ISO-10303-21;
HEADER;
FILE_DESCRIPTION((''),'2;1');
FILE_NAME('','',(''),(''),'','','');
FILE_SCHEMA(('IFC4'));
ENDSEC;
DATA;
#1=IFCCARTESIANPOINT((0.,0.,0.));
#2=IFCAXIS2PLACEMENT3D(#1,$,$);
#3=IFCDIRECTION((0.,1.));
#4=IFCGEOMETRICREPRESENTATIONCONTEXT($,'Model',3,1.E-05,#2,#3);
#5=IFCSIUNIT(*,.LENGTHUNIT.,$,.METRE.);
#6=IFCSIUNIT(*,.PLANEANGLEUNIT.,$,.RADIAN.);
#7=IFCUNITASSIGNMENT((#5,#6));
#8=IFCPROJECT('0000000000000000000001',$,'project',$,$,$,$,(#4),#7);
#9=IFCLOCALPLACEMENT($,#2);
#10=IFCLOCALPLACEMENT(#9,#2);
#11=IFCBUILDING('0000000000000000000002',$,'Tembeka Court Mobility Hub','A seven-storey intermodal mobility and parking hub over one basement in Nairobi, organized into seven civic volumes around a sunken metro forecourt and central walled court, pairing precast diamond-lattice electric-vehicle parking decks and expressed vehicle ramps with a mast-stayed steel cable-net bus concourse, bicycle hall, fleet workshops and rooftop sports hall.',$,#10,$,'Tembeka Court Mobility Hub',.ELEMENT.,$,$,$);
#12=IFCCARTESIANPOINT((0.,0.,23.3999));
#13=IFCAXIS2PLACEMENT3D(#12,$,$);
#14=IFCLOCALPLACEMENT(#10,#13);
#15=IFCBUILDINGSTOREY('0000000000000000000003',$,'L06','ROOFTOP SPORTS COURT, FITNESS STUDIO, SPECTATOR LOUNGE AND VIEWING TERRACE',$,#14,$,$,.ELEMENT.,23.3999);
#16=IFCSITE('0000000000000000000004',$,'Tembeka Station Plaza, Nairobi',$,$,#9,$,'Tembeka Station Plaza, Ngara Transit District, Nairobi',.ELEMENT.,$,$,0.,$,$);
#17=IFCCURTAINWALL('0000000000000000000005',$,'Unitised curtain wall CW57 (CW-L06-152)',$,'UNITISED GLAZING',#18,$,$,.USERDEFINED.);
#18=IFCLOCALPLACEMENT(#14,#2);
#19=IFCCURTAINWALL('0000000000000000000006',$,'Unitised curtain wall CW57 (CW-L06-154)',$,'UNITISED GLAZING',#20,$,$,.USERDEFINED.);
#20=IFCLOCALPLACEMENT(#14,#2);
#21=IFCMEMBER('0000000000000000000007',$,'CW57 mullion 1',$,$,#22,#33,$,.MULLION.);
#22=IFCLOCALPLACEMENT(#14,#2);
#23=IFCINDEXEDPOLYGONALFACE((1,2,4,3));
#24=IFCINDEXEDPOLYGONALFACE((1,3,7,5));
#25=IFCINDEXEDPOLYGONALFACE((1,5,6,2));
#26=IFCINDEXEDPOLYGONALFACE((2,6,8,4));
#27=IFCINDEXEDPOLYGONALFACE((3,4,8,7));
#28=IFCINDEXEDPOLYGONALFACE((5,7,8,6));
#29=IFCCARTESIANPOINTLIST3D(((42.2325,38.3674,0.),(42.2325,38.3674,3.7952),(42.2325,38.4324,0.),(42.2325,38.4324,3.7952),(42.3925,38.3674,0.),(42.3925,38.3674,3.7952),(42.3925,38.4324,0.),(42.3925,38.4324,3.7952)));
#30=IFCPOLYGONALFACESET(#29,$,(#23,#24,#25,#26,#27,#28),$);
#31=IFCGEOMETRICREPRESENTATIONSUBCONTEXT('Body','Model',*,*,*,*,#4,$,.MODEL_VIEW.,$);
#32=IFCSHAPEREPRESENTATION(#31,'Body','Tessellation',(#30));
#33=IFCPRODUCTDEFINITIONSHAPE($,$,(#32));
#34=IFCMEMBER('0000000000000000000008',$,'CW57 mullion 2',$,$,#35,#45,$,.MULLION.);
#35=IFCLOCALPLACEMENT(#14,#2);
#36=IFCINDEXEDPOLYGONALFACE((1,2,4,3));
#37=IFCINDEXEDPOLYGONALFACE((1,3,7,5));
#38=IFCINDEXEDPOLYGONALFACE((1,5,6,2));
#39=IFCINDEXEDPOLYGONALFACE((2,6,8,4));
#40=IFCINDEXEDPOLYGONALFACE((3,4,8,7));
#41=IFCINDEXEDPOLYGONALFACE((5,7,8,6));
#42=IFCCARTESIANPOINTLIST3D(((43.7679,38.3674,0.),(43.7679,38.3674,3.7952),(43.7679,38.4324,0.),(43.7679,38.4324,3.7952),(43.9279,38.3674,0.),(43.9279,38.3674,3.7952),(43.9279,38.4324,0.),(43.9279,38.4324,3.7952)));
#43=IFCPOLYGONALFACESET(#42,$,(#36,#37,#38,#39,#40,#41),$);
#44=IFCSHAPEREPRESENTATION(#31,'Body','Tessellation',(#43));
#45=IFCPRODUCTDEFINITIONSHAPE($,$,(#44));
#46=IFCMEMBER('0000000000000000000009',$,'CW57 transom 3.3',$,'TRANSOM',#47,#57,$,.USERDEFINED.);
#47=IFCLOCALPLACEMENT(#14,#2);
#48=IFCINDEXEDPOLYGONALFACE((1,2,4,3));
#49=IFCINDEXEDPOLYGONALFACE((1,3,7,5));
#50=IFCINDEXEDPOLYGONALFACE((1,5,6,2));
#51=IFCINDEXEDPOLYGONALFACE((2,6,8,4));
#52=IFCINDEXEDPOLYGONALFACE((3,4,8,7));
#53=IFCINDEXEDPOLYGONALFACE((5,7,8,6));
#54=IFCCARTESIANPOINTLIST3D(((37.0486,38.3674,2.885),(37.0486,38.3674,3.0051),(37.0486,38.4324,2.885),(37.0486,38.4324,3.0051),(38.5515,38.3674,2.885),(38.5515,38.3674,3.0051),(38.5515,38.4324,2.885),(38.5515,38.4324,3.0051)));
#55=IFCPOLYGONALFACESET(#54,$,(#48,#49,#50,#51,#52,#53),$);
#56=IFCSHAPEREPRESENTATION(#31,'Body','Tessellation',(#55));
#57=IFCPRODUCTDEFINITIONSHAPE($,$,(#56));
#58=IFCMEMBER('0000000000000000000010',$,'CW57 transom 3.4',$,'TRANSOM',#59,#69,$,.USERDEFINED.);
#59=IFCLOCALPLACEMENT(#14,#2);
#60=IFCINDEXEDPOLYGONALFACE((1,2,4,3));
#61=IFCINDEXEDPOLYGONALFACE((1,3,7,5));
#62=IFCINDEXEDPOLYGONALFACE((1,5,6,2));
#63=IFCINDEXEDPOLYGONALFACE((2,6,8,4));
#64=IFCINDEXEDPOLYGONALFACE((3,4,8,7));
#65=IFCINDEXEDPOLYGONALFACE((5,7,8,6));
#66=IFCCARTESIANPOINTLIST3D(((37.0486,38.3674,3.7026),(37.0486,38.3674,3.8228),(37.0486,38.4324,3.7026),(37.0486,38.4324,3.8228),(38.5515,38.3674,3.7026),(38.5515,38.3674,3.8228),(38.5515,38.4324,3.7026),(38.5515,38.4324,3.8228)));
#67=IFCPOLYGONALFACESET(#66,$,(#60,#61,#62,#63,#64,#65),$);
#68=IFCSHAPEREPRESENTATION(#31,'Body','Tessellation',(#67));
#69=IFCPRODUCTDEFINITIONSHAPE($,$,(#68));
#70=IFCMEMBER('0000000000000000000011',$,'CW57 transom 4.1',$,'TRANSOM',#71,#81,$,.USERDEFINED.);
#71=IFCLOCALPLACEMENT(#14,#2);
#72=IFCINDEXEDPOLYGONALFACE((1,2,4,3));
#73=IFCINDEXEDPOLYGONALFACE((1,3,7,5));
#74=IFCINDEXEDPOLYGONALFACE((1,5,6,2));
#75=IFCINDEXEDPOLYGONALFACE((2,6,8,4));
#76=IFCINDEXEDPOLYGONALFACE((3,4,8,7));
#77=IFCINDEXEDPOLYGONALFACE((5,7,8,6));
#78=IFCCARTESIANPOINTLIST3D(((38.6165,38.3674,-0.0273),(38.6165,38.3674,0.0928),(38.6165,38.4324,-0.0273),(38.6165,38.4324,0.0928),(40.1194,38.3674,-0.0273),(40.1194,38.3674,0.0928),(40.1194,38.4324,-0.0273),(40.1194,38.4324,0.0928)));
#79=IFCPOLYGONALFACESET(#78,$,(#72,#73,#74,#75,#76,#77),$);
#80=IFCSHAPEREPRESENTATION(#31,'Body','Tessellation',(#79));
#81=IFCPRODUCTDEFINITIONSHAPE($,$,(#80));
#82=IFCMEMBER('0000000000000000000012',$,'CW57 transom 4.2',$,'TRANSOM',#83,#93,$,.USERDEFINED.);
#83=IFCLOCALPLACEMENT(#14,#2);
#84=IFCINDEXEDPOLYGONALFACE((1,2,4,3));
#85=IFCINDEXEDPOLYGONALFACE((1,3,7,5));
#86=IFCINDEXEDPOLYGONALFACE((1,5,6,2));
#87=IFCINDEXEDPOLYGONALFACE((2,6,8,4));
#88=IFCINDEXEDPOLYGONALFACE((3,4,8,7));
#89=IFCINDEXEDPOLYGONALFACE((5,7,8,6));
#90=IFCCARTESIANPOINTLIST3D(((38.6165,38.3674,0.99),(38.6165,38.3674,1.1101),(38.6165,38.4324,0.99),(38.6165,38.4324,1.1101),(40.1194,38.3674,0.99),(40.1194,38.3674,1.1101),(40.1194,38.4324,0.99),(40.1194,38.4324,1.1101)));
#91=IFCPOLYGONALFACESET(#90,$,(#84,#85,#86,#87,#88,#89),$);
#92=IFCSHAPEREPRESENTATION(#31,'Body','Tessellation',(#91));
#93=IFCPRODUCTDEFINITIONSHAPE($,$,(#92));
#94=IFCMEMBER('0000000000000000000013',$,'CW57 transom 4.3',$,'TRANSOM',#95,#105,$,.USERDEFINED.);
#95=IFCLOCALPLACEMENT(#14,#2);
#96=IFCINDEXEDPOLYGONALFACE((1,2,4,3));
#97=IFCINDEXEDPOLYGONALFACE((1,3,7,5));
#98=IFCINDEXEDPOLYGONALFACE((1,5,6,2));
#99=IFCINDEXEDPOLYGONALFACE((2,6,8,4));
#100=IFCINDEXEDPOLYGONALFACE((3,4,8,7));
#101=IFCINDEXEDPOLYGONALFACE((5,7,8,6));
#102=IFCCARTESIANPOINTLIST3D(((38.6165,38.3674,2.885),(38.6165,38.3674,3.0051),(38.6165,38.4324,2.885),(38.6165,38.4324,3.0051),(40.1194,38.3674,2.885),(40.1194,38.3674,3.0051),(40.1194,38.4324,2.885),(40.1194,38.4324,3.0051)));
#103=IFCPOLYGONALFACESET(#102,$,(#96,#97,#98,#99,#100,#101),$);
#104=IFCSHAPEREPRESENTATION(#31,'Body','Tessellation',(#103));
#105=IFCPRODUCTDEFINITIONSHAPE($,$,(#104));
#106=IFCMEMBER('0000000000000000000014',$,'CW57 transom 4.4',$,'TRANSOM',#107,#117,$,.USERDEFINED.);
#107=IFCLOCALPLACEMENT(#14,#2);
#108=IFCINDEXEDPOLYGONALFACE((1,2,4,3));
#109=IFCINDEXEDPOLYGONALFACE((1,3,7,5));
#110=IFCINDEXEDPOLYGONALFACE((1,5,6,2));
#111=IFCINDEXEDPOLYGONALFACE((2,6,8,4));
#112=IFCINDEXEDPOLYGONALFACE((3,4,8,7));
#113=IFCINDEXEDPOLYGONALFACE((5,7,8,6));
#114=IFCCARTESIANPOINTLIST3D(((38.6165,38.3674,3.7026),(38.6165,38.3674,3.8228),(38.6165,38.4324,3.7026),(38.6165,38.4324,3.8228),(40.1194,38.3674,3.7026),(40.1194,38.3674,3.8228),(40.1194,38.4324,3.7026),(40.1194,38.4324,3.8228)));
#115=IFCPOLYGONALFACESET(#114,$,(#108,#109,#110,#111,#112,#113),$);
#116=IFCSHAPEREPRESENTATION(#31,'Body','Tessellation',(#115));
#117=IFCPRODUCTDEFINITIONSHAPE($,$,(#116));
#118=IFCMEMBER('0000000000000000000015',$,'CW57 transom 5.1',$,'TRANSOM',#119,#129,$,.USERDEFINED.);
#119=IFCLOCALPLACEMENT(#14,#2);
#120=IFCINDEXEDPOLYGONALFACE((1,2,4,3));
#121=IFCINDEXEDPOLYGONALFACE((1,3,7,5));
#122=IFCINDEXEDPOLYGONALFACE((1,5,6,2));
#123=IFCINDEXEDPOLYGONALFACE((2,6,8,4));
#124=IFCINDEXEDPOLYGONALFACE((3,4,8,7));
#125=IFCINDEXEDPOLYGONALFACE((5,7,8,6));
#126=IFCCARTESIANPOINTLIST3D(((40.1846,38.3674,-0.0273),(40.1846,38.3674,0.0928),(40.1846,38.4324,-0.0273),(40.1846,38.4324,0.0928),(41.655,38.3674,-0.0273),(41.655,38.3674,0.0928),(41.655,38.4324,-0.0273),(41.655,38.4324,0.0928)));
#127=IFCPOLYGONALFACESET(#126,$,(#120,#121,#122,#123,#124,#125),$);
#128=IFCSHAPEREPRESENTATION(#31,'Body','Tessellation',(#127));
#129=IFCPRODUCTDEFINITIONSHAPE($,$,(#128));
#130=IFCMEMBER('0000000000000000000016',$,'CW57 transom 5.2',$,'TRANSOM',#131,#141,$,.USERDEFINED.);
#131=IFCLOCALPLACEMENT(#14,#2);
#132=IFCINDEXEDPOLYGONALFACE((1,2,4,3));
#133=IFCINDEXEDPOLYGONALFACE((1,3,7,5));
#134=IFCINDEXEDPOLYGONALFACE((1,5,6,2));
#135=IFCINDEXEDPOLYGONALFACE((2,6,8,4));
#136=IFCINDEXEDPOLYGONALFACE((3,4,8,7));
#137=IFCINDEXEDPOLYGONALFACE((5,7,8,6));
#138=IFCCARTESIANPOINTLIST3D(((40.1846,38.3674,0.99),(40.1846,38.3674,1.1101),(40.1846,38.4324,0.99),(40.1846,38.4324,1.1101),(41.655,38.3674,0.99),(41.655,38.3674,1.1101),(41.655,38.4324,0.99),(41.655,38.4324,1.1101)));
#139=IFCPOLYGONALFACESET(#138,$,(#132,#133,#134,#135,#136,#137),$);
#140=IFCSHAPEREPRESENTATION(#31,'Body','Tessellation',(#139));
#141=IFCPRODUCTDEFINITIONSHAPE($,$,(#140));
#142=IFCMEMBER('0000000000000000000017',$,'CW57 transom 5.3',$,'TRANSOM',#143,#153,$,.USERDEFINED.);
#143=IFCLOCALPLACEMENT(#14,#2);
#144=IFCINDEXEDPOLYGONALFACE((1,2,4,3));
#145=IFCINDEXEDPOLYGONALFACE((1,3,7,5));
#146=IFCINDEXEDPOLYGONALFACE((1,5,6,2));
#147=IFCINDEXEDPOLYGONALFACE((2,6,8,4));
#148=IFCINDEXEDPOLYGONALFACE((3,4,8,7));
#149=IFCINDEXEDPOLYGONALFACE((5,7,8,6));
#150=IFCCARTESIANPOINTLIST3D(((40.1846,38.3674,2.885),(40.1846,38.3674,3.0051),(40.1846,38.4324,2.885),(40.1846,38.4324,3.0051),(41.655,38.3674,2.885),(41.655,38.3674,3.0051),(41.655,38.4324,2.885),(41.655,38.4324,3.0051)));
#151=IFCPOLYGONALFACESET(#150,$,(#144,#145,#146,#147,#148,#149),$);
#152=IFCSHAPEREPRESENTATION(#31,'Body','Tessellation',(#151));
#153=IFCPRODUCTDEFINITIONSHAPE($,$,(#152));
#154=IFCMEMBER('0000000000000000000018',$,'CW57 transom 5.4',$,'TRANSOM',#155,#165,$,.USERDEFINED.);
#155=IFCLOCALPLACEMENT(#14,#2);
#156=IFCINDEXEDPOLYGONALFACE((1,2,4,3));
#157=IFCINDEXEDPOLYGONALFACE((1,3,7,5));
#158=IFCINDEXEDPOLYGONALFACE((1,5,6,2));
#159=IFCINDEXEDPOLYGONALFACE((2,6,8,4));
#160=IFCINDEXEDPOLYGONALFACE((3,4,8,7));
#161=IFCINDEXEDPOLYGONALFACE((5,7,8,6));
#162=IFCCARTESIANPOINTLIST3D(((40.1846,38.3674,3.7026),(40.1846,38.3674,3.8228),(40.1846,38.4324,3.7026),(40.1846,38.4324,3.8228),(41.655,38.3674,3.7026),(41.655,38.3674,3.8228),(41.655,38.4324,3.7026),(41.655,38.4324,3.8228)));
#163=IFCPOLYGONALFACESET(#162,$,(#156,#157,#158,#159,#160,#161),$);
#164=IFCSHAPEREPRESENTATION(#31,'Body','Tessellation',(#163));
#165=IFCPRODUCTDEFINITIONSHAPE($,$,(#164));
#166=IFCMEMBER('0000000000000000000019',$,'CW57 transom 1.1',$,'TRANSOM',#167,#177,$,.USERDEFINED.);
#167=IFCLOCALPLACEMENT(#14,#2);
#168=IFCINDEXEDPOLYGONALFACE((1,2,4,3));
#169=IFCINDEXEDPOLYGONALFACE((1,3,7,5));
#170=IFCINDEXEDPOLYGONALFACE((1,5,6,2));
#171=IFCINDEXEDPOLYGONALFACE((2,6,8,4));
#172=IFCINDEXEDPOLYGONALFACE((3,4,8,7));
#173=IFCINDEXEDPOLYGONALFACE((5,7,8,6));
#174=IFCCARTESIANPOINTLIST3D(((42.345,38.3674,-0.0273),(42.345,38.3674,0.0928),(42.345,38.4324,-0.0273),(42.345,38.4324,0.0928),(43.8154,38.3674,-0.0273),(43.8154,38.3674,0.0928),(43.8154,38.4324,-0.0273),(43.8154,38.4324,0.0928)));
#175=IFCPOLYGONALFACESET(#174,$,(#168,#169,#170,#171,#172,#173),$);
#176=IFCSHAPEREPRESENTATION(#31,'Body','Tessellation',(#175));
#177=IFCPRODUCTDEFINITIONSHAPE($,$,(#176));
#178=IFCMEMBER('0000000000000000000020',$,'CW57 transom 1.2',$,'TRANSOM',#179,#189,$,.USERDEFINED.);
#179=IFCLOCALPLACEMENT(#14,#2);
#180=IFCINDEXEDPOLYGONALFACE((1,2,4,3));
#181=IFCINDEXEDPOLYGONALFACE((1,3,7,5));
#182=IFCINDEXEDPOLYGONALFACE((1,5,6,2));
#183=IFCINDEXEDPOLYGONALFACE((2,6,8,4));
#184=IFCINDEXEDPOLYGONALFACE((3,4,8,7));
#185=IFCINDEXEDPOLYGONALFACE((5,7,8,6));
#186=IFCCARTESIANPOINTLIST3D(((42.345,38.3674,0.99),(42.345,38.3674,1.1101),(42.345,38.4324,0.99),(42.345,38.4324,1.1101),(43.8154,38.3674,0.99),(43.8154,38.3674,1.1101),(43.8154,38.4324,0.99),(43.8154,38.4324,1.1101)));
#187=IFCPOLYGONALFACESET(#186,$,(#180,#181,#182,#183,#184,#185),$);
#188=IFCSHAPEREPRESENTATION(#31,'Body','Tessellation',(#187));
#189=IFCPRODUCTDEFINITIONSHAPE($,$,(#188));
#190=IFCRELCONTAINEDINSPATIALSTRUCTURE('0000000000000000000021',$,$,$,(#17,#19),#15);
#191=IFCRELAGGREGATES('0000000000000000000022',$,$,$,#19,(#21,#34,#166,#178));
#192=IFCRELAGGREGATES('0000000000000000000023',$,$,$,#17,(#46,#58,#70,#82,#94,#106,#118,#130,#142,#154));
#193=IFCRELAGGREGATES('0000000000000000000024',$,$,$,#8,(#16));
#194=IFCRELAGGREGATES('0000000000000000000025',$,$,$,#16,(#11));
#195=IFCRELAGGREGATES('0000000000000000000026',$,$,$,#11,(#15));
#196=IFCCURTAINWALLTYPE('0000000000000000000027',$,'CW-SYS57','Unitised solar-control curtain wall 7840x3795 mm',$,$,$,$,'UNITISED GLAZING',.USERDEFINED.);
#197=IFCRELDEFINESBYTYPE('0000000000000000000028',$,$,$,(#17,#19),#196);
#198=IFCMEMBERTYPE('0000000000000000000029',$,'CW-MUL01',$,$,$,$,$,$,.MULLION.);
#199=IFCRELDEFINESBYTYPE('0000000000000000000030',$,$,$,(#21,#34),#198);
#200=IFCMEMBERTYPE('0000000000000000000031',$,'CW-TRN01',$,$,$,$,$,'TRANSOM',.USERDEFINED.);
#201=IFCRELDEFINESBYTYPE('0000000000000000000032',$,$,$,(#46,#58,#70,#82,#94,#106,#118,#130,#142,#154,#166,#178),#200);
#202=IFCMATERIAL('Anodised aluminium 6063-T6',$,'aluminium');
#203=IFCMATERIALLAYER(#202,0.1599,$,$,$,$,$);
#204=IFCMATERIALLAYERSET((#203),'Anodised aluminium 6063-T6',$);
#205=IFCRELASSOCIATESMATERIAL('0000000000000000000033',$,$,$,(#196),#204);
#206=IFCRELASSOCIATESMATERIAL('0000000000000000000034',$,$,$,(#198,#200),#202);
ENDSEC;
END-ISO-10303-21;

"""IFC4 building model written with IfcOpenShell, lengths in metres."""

from ifc_helpers import new_model, si_unit, direction, frame, origin, origin_2d, place, context, subcontext, project, spatial, rectangle, extrude, material, layer, layer_set, material_profile, profile_set, type_object, element, aggregate, save


model = new_model("IFC4")

# Units and contexts
model_context = context("Model", 3, precision=1e-05, world=origin(), true_north=direction((0.0, 1.0)))
body_context = subcontext(model_context, "Body", "Model", "MODEL_VIEW")
ifc_project = project(units=[si_unit("LENGTHUNIT", "METRE"), si_unit("PLANEANGLEUNIT", "RADIAN")], contexts=[model_context])

# Site, building, storey
site_placement = place(None, origin())
site = spatial("IfcSite", under=ifc_project, at=site_placement, Name="Tembeka Station Plaza, Nairobi", LongName="Tembeka Station Plaza, Ngara Transit District, Nairobi", CompositionType="ELEMENT", RefElevation=0.0)
building_placement = place(site_placement, origin())
building = spatial("IfcBuilding", under=site, at=building_placement, Name="Tembeka Court Mobility Hub", Description="A seven-storey intermodal mobility and parking hub over one basement in Nairobi, organized into seven civic volumes around a sunken metro forecourt and central walled court, pairing precast diamond-lattice electric-vehicle parking decks and expressed vehicle ramps with a mast-stayed steel cable-net bus concourse, bicycle hall, fleet workshops and rooftop sports hall.", LongName="Tembeka Court Mobility Hub", CompositionType="ELEMENT")
storey_placement = place(building_placement, frame((0.0, 0.0, 23.3999)))
storey = spatial("IfcBuildingStorey", under=building, at=storey_placement, Name="L06", Description="ROOFTOP SPORTS COURT, FITNESS STUDIO, SPECTATOR LOUNGE AND VIEWING TERRACE", CompositionType="ELEMENT", Elevation=23.3999)

# Curtain walls, members
ifc_material_1 = material(Name="Anodised aluminium 6063-T6", Category="aluminium")
ifc_layer_1 = layer(ifc_material_1, 0.1599)
ifc_layer_set_1 = layer_set([ifc_layer_1], Name="Anodised aluminium 6063-T6")
curtain_wall_type = type_object("IfcCurtainWallType", Name="CW-SYS57", Description="Unitised solar-control curtain wall 7840x3795 mm", ElementType="UNITISED GLAZING", PredefinedType="USERDEFINED", material=ifc_layer_set_1)
curtain_wall_1_placement = place(storey_placement, origin())
curtain_wall_1 = element("IfcCurtainWall", 1, at=curtain_wall_1_placement, inside=storey, type_object=curtain_wall_type, Name="Unitised curtain wall CW57 (CW-L06-152)", ObjectType="UNITISED GLAZING", PredefinedType="USERDEFINED")
ifc_material_profile_1 = material_profile(ifc_material_1, rectangle(XDim=0.0649, YDim=0.1599, at=origin_2d()), Name="ALU-MUL 65x160")
ifc_profile_set_1 = profile_set([ifc_material_profile_1], Name="Anodised aluminium 6063-T6")
member_type_1 = type_object("IfcMemberType", Name="CW-MUL01", PredefinedType="MULLION", material=ifc_profile_set_1)
curtain_wall_2_placement = place(storey_placement, origin())
curtain_wall_2 = element("IfcCurtainWall", 2, at=curtain_wall_2_placement, inside=storey, type_object=curtain_wall_type, Name="Unitised curtain wall CW57 (CW-L06-154)", ObjectType="UNITISED GLAZING", PredefinedType="USERDEFINED")
member_1_placement = place(storey_placement, frame((42.3125, 38.3999, 0.0), z_axis=(0.0, 0.0, 1.0), x_axis=(0.0, 1.0, 0.0)))
member_1 = element("IfcMember", 3, at=member_1_placement, type_object=member_type_1, Name="CW57 mullion 1", PredefinedType="MULLION", context=body_context, shape_type="SweptSolid", body=[
    extrude(rectangle(XDim=0.0649, YDim=0.1599, at=origin_2d()), origin(), (0.0, 0.0, 1.0), 3.7952),
])
member_2_placement = place(storey_placement, frame((43.8479, 38.3999, 0.0), z_axis=(0.0, 0.0, 1.0), x_axis=(0.0, 1.0, 0.0)))
member_2 = element("IfcMember", 4, at=member_2_placement, type_object=member_type_1, Name="CW57 mullion 2", PredefinedType="MULLION", context=body_context, shape_type="SweptSolid", body=[
    extrude(rectangle(XDim=0.0649, YDim=0.1599, at=origin_2d()), origin(), (0.0, 0.0, 1.0), 3.7952),
])

# Members
ifc_material_profile_2 = material_profile(ifc_material_1, rectangle(XDim=0.0649, YDim=0.1201, at=origin_2d()), Name="ALU-TRN 65x120")
ifc_profile_set_2 = profile_set([ifc_material_profile_2], Name="Anodised aluminium 6063-T6")
member_type_2 = type_object("IfcMemberType", Name="CW-TRN01", ElementType="TRANSOM", PredefinedType="USERDEFINED", material=ifc_profile_set_2)
member_3_placement = place(storey_placement, frame((37.0486, 38.3999, 2.9451), z_axis=(1.0, 0.0, 0.0), x_axis=(0.0, 1.0, 0.0)))
member_3 = element("IfcMember", 5, at=member_3_placement, type_object=member_type_2, Name="CW57 transom 3.3", ObjectType="TRANSOM", PredefinedType="USERDEFINED", context=body_context, shape_type="SweptSolid", body=[
    extrude(rectangle(XDim=0.0649, YDim=0.1201, at=origin_2d()), origin(), (0.0, 0.0, 1.0), 1.5029),
])
member_4_placement = place(storey_placement, frame((37.0486, 38.3999, 3.7627), z_axis=(1.0, 0.0, 0.0), x_axis=(0.0, 1.0, 0.0)))
member_4 = element("IfcMember", 6, at=member_4_placement, type_object=member_type_2, Name="CW57 transom 3.4", ObjectType="TRANSOM", PredefinedType="USERDEFINED", context=body_context, shape_type="SweptSolid", body=[
    extrude(rectangle(XDim=0.0649, YDim=0.1201, at=origin_2d()), origin(), (0.0, 0.0, 1.0), 1.5029),
])
member_5_placement = place(storey_placement, frame((38.6165, 38.3999, 0.0327), z_axis=(1.0, 0.0, 0.0), x_axis=(0.0, 1.0, 0.0)))
member_5 = element("IfcMember", 7, at=member_5_placement, type_object=member_type_2, Name="CW57 transom 4.1", ObjectType="TRANSOM", PredefinedType="USERDEFINED", context=body_context, shape_type="SweptSolid", body=[
    extrude(rectangle(XDim=0.0649, YDim=0.1201, at=origin_2d()), origin(), (0.0, 0.0, 1.0), 1.5029),
])
member_6_placement = place(storey_placement, frame((38.6165, 38.3999, 1.05), z_axis=(1.0, 0.0, 0.0), x_axis=(0.0, 1.0, 0.0)))
member_6 = element("IfcMember", 8, at=member_6_placement, type_object=member_type_2, Name="CW57 transom 4.2", ObjectType="TRANSOM", PredefinedType="USERDEFINED", context=body_context, shape_type="SweptSolid", body=[
    extrude(rectangle(XDim=0.0649, YDim=0.1201, at=origin_2d()), origin(), (0.0, 0.0, 1.0), 1.5029),
])
member_7_placement = place(storey_placement, frame((38.6165, 38.3999, 2.9451), z_axis=(1.0, 0.0, 0.0), x_axis=(0.0, 1.0, 0.0)))
member_7 = element("IfcMember", 9, at=member_7_placement, type_object=member_type_2, Name="CW57 transom 4.3", ObjectType="TRANSOM", PredefinedType="USERDEFINED", context=body_context, shape_type="SweptSolid", body=[
    extrude(rectangle(XDim=0.0649, YDim=0.1201, at=origin_2d()), origin(), (0.0, 0.0, 1.0), 1.5029),
])
member_8_placement = place(storey_placement, frame((38.6165, 38.3999, 3.7627), z_axis=(1.0, 0.0, 0.0), x_axis=(0.0, 1.0, 0.0)))
member_8 = element("IfcMember", 10, at=member_8_placement, type_object=member_type_2, Name="CW57 transom 4.4", ObjectType="TRANSOM", PredefinedType="USERDEFINED", context=body_context, shape_type="SweptSolid", body=[
    extrude(rectangle(XDim=0.0649, YDim=0.1201, at=origin_2d()), origin(), (0.0, 0.0, 1.0), 1.5029),
])
member_9_placement = place(storey_placement, frame((40.1846, 38.3999, 0.0327), z_axis=(1.0, 0.0, 0.0), x_axis=(0.0, 1.0, 0.0)))
member_9 = element("IfcMember", 11, at=member_9_placement, type_object=member_type_2, Name="CW57 transom 5.1", ObjectType="TRANSOM", PredefinedType="USERDEFINED", context=body_context, shape_type="SweptSolid", body=[
    extrude(rectangle(XDim=0.0649, YDim=0.1201, at=origin_2d()), origin(), (0.0, 0.0, 1.0), 1.4705),
])
member_10_placement = place(storey_placement, frame((40.1846, 38.3999, 1.05), z_axis=(1.0, 0.0, 0.0), x_axis=(0.0, 1.0, 0.0)))
member_10 = element("IfcMember", 12, at=member_10_placement, type_object=member_type_2, Name="CW57 transom 5.2", ObjectType="TRANSOM", PredefinedType="USERDEFINED", context=body_context, shape_type="SweptSolid", body=[
    extrude(rectangle(XDim=0.0649, YDim=0.1201, at=origin_2d()), origin(), (0.0, 0.0, 1.0), 1.4705),
])
member_11_placement = place(storey_placement, frame((40.1846, 38.3999, 2.9451), z_axis=(1.0, 0.0, 0.0), x_axis=(0.0, 1.0, 0.0)))
member_11 = element("IfcMember", 13, at=member_11_placement, type_object=member_type_2, Name="CW57 transom 5.3", ObjectType="TRANSOM", PredefinedType="USERDEFINED", context=body_context, shape_type="SweptSolid", body=[
    extrude(rectangle(XDim=0.0649, YDim=0.1201, at=origin_2d()), origin(), (0.0, 0.0, 1.0), 1.4705),
])
member_12_placement = place(storey_placement, frame((40.1846, 38.3999, 3.7627), z_axis=(1.0, 0.0, 0.0), x_axis=(0.0, 1.0, 0.0)))
member_12 = element("IfcMember", 14, at=member_12_placement, type_object=member_type_2, Name="CW57 transom 5.4", ObjectType="TRANSOM", PredefinedType="USERDEFINED", context=body_context, shape_type="SweptSolid", body=[
    extrude(rectangle(XDim=0.0649, YDim=0.1201, at=origin_2d()), origin(), (0.0, 0.0, 1.0), 1.4705),
])
member_13_placement = place(storey_placement, frame((42.345, 38.3999, 0.0327), z_axis=(1.0, 0.0, 0.0), x_axis=(0.0, 1.0, 0.0)))
member_13 = element("IfcMember", 15, at=member_13_placement, type_object=member_type_2, Name="CW57 transom 1.1", ObjectType="TRANSOM", PredefinedType="USERDEFINED", context=body_context, shape_type="SweptSolid", body=[
    extrude(rectangle(XDim=0.0649, YDim=0.1201, at=origin_2d()), origin(), (0.0, 0.0, 1.0), 1.4705),
])
member_14_placement = place(storey_placement, frame((42.345, 38.3999, 1.05), z_axis=(1.0, 0.0, 0.0), x_axis=(0.0, 1.0, 0.0)))
member_14 = element("IfcMember", 16, at=member_14_placement, type_object=member_type_2, Name="CW57 transom 1.2", ObjectType="TRANSOM", PredefinedType="USERDEFINED", context=body_context, shape_type="SweptSolid", body=[
    extrude(rectangle(XDim=0.0649, YDim=0.1201, at=origin_2d()), origin(), (0.0, 0.0, 1.0), 1.4705),
])

aggregate(curtain_wall_2, [member_1, member_2, member_13, member_14])
aggregate(curtain_wall_1, [member_3, member_4, member_5, member_6, member_7, member_8, member_9, member_10, member_11, member_12])

save(model, "model.ifc")
